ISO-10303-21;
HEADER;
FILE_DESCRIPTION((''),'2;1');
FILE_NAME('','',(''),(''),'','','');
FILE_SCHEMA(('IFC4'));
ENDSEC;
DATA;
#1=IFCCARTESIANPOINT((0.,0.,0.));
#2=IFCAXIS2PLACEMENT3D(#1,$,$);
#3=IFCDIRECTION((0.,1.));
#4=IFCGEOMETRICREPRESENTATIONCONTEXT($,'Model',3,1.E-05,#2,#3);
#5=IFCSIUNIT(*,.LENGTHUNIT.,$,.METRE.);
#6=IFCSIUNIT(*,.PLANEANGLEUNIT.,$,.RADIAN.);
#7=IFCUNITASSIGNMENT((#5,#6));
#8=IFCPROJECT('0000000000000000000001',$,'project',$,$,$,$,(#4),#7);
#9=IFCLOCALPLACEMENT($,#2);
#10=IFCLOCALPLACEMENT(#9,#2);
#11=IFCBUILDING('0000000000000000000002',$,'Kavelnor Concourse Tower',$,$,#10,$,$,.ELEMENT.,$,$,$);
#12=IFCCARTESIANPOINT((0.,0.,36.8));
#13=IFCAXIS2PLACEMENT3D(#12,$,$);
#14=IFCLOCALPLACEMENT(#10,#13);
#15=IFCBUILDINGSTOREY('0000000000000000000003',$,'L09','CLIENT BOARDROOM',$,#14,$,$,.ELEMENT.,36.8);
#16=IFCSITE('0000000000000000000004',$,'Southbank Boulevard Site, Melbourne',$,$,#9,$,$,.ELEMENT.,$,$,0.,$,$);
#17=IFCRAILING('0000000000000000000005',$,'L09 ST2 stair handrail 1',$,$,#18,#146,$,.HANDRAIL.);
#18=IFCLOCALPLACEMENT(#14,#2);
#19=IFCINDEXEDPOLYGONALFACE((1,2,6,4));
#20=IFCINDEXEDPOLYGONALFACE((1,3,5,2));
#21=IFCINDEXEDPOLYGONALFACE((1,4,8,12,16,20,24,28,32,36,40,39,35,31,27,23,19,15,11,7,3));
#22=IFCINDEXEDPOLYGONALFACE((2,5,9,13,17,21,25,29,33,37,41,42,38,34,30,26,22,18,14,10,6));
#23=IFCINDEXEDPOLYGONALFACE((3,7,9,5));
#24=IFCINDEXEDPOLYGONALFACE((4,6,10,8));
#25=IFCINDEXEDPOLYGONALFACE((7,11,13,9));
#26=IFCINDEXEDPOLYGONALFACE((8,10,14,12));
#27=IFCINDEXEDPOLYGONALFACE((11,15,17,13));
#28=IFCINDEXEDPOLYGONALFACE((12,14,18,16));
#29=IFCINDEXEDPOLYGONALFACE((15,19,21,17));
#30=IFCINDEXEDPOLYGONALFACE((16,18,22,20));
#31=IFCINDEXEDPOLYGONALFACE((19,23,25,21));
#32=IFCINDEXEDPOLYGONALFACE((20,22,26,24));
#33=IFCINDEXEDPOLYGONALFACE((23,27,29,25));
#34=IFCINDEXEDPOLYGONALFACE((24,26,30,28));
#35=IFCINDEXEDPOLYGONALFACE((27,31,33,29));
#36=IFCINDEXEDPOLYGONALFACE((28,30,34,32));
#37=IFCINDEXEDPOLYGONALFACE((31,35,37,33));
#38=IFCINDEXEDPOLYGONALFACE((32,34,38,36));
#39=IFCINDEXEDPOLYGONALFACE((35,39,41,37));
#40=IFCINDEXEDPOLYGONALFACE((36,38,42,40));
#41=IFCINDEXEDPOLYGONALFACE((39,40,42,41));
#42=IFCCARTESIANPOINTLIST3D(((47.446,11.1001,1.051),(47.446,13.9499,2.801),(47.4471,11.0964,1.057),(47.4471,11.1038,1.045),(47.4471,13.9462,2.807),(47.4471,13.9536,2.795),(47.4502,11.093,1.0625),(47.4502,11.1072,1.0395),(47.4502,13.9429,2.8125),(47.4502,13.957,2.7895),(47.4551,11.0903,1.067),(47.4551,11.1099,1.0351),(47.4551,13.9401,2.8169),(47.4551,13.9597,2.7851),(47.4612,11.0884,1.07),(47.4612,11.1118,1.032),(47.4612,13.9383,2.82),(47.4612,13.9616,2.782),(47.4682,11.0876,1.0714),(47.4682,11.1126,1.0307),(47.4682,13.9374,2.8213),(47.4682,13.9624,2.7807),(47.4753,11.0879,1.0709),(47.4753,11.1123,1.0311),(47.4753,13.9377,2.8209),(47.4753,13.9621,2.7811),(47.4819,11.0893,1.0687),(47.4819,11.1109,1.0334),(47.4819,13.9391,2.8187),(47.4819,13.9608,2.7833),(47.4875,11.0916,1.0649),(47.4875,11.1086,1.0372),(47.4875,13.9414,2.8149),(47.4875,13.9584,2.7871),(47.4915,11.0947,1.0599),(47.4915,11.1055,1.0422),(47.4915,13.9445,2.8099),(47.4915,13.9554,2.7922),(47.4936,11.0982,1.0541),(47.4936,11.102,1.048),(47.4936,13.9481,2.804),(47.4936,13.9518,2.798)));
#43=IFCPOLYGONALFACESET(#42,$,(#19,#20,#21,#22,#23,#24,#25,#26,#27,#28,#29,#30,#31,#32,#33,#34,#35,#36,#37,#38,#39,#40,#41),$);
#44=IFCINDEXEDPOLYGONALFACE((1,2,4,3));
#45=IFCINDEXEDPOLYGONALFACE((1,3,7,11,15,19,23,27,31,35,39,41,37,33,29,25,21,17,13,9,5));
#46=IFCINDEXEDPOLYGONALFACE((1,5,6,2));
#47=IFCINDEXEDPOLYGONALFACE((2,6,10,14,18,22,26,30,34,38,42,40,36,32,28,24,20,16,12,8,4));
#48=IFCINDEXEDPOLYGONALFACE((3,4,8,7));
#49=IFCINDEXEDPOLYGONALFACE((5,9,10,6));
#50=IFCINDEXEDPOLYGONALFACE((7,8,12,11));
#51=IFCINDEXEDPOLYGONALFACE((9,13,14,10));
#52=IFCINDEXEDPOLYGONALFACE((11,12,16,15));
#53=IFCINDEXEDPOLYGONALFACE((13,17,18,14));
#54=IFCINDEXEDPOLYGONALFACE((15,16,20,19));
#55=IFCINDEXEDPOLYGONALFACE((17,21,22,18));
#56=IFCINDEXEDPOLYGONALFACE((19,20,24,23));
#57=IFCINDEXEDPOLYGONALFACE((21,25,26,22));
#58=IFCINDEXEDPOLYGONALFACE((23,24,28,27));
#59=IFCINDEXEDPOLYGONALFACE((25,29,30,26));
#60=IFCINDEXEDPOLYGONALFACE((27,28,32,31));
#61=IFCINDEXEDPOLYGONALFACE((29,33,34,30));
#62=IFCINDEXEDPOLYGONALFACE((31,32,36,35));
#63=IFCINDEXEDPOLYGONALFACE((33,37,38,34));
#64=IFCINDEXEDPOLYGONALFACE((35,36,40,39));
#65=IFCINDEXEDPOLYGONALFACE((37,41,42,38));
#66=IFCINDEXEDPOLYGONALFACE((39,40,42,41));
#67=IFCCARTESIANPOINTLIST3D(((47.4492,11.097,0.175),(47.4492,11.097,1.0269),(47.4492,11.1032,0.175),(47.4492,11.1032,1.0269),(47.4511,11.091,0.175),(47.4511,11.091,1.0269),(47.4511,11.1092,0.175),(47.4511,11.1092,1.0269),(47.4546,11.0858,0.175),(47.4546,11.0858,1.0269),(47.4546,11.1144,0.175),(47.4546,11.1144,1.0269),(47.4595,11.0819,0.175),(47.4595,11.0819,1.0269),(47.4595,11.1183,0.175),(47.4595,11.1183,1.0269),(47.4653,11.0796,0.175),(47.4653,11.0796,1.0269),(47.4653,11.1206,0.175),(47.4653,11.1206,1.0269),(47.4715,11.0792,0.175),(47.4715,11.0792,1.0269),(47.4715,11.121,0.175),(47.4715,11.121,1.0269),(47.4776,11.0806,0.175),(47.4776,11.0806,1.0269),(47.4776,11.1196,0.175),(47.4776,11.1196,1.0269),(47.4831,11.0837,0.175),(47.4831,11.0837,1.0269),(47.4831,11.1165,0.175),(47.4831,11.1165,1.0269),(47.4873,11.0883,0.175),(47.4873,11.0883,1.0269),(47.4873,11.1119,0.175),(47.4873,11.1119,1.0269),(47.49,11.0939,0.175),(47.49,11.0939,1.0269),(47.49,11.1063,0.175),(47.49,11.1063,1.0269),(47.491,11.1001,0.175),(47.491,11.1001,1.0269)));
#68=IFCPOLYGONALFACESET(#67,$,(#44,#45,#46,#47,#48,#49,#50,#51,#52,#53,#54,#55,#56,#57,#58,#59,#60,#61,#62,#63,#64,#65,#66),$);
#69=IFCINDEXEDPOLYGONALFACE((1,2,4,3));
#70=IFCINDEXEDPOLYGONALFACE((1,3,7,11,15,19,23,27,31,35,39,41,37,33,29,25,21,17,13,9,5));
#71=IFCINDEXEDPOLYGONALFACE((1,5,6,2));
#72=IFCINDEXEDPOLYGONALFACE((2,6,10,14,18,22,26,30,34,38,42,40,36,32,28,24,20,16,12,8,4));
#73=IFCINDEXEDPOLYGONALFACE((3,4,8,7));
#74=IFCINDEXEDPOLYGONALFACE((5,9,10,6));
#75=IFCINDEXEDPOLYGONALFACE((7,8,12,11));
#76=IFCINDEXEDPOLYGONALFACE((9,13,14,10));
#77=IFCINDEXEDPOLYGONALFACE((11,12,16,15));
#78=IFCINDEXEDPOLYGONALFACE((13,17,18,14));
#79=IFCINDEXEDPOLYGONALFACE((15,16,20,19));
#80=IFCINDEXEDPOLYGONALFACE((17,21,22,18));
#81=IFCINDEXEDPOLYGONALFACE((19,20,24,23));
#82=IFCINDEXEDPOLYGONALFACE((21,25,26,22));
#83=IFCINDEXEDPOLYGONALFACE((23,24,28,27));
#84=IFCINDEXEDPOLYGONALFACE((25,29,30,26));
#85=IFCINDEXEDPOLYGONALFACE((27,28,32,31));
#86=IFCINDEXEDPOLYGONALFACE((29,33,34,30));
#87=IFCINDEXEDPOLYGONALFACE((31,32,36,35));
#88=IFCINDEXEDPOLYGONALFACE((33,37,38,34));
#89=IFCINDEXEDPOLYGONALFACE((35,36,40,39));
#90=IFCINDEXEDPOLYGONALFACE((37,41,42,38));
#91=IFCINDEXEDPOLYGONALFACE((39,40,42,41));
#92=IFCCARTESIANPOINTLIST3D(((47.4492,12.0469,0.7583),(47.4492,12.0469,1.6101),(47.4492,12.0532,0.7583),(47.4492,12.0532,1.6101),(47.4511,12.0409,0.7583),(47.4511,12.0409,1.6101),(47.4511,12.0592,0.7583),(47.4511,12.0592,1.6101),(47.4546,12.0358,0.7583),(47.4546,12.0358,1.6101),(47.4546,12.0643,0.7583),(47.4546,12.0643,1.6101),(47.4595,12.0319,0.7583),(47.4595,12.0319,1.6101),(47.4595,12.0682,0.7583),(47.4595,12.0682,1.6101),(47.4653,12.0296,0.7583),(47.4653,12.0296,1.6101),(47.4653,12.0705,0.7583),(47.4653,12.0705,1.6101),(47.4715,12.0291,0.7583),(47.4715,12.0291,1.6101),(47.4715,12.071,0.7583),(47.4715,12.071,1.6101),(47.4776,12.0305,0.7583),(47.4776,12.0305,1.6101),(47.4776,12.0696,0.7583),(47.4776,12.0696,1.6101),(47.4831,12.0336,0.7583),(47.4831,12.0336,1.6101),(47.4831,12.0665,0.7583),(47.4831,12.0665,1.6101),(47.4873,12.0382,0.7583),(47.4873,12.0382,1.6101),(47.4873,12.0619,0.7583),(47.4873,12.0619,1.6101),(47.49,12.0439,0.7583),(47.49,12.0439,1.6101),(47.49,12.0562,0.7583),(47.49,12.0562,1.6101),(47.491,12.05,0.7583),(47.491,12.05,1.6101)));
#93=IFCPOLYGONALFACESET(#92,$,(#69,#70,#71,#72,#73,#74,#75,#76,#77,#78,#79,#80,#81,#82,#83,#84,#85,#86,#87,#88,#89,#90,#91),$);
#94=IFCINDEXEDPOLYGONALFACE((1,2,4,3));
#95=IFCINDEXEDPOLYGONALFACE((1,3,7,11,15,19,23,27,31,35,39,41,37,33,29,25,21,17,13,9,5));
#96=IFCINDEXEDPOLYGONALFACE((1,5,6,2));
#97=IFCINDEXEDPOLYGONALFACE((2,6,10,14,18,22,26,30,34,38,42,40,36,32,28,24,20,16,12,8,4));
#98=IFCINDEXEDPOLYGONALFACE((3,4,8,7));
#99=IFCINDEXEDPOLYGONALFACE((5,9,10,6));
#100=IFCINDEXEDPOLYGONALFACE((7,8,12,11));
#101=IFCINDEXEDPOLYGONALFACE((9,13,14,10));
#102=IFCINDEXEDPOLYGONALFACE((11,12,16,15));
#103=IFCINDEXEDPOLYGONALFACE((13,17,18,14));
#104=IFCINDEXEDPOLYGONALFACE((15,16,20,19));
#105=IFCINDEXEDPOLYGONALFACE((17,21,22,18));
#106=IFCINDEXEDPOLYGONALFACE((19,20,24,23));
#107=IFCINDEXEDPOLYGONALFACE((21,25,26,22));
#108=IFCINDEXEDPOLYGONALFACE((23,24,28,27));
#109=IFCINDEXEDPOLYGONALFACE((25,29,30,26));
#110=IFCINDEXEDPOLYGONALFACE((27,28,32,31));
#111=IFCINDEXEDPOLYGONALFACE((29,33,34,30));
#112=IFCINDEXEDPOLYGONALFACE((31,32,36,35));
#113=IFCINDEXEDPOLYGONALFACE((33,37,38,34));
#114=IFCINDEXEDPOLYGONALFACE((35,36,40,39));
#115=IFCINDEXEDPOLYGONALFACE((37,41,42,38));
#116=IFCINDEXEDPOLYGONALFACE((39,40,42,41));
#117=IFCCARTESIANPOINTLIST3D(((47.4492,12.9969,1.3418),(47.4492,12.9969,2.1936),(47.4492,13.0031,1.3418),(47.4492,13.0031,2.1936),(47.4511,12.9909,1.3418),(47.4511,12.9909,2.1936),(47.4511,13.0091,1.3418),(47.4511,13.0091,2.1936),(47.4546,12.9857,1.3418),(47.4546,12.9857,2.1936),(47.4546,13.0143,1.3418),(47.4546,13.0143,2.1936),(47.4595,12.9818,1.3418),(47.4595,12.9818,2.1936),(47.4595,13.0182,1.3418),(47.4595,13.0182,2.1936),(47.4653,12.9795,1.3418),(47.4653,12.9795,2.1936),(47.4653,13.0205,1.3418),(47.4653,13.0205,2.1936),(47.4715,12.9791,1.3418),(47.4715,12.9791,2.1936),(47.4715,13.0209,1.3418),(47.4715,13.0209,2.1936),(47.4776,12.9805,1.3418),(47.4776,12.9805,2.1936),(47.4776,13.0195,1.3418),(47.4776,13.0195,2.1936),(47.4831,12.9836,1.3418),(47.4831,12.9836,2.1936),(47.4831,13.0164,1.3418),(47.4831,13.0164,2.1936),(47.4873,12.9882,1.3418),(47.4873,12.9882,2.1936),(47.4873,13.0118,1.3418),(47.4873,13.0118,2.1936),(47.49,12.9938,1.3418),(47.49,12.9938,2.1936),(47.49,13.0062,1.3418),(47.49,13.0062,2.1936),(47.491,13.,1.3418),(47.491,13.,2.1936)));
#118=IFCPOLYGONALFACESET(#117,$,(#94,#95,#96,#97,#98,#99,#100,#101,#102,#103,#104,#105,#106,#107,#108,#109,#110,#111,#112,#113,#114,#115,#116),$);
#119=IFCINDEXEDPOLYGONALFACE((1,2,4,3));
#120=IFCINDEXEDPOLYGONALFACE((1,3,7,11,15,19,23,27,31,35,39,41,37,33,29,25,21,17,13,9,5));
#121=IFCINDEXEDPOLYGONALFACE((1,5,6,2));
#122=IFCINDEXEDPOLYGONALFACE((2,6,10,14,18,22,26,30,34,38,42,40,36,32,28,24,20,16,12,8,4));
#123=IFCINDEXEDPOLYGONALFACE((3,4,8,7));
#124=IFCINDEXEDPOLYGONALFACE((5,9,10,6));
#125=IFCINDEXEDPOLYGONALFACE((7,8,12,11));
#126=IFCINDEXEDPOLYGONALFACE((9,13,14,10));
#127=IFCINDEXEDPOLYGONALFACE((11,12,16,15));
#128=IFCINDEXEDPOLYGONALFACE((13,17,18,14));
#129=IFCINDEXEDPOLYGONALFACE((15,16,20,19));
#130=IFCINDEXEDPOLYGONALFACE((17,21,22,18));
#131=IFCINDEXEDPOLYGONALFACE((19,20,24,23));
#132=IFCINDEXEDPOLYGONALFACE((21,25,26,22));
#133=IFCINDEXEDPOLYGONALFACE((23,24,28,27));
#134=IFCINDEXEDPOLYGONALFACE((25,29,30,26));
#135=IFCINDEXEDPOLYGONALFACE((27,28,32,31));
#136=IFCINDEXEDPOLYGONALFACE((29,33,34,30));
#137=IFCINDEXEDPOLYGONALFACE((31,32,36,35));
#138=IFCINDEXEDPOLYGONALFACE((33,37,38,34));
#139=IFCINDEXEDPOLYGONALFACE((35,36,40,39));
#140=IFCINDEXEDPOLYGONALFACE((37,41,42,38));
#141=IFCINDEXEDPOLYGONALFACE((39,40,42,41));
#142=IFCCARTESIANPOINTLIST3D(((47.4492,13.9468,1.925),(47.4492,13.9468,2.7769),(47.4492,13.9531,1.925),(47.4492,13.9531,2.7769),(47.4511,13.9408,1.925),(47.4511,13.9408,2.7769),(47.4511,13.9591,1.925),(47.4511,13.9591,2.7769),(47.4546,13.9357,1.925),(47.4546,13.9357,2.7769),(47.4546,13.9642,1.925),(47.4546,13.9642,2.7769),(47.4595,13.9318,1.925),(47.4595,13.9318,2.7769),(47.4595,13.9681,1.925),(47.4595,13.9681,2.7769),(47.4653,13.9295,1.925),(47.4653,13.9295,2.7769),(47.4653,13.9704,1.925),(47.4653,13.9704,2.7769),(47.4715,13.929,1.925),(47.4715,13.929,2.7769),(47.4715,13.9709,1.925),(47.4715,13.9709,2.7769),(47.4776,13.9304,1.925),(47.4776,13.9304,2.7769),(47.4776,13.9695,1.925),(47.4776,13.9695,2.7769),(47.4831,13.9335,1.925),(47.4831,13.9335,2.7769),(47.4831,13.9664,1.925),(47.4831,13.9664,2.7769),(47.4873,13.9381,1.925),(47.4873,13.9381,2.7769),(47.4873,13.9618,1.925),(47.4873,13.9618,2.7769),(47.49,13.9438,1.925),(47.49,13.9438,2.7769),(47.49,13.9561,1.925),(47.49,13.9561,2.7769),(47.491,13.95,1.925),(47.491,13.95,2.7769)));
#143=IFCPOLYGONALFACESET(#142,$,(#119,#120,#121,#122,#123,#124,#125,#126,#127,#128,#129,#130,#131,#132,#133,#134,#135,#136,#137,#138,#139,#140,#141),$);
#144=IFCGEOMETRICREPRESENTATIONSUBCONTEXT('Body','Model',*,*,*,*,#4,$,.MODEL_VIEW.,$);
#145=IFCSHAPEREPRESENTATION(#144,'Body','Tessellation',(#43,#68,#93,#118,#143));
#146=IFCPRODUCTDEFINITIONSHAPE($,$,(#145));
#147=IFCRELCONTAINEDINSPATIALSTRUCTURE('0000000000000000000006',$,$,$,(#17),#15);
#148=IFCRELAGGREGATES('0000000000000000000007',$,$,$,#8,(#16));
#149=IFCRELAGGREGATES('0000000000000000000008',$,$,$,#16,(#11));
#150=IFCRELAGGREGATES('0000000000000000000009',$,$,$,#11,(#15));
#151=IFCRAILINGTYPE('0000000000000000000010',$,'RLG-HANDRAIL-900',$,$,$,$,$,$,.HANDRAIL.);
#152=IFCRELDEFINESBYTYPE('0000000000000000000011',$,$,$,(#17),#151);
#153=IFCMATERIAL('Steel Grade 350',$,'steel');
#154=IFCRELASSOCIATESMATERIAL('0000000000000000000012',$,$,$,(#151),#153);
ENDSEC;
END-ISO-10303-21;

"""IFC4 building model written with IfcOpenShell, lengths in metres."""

from ifc_helpers import new_model, si_unit, direction, frame, origin, origin_2d, place, context, subcontext, project, spatial, circle, extrude, material, type_object, element, save


model = new_model("IFC4")

# Units and contexts
model_context = context("Model", 3, precision=1e-05, world=origin(), true_north=direction((0.0, 1.0)))
body_context = subcontext(model_context, "Body", "Model", "MODEL_VIEW")
ifc_project = project(units=[si_unit("LENGTHUNIT", "METRE"), si_unit("PLANEANGLEUNIT", "RADIAN")], contexts=[model_context])

# Site, building, storey
site_placement = place(None, origin())
site = spatial("IfcSite", under=ifc_project, at=site_placement, Name="Southbank Boulevard Site, Melbourne", CompositionType="ELEMENT", RefElevation=0.0)
building_placement = place(site_placement, origin())
building = spatial("IfcBuilding", under=site, at=building_placement, Name="Kavelnor Concourse Tower", CompositionType="ELEMENT")
storey_placement = place(building_placement, frame((0.0, 0.0, 36.8)))
storey = spatial("IfcBuildingStorey", under=building, at=storey_placement, Name="L09", Description="CLIENT BOARDROOM", CompositionType="ELEMENT", Elevation=36.8)

# Shared definitions
ifc_material_1 = material(Name="Steel Grade 350", Category="steel")

# Railing
railing_type = type_object("IfcRailingType", Name="RLG-HANDRAIL-900", PredefinedType="HANDRAIL", material=ifc_material_1)
railing_placement = place(storey_placement, frame((47.47, 11.1001, 0.175)))
element("IfcRailing", 1, at=railing_placement, inside=storey, type_object=railing_type, Name="L09 ST2 stair handrail 1", PredefinedType="HANDRAIL", context=body_context, shape_type="SweptSolid", body=[
    extrude(circle(Radius=0.0239, at=origin_2d()), frame((0.0, 0.0, 0.876), z_axis=(0.0, 0.852159, 0.523283), x_axis=(-1.0, 0.0, 0.0)), (0.0, 0.0, 1.0), 3.3442),
    extrude(circle(Radius=0.021, at=origin_2d()), origin(), (0.0, 0.0, 1.0), 0.8518),
    extrude(circle(Radius=0.021, at=origin_2d()), frame((0.0, 0.95, 0.5833)), (0.0, 0.0, 1.0), 0.8518),
    extrude(circle(Radius=0.021, at=origin_2d()), frame((0.0, 1.8999, 1.1667)), (0.0, 0.0, 1.0), 0.8518),
    extrude(circle(Radius=0.021, at=origin_2d()), frame((0.0, 2.8499, 1.75)), (0.0, 0.0, 1.0), 0.8518),
])

save(model, "model.ifc")
